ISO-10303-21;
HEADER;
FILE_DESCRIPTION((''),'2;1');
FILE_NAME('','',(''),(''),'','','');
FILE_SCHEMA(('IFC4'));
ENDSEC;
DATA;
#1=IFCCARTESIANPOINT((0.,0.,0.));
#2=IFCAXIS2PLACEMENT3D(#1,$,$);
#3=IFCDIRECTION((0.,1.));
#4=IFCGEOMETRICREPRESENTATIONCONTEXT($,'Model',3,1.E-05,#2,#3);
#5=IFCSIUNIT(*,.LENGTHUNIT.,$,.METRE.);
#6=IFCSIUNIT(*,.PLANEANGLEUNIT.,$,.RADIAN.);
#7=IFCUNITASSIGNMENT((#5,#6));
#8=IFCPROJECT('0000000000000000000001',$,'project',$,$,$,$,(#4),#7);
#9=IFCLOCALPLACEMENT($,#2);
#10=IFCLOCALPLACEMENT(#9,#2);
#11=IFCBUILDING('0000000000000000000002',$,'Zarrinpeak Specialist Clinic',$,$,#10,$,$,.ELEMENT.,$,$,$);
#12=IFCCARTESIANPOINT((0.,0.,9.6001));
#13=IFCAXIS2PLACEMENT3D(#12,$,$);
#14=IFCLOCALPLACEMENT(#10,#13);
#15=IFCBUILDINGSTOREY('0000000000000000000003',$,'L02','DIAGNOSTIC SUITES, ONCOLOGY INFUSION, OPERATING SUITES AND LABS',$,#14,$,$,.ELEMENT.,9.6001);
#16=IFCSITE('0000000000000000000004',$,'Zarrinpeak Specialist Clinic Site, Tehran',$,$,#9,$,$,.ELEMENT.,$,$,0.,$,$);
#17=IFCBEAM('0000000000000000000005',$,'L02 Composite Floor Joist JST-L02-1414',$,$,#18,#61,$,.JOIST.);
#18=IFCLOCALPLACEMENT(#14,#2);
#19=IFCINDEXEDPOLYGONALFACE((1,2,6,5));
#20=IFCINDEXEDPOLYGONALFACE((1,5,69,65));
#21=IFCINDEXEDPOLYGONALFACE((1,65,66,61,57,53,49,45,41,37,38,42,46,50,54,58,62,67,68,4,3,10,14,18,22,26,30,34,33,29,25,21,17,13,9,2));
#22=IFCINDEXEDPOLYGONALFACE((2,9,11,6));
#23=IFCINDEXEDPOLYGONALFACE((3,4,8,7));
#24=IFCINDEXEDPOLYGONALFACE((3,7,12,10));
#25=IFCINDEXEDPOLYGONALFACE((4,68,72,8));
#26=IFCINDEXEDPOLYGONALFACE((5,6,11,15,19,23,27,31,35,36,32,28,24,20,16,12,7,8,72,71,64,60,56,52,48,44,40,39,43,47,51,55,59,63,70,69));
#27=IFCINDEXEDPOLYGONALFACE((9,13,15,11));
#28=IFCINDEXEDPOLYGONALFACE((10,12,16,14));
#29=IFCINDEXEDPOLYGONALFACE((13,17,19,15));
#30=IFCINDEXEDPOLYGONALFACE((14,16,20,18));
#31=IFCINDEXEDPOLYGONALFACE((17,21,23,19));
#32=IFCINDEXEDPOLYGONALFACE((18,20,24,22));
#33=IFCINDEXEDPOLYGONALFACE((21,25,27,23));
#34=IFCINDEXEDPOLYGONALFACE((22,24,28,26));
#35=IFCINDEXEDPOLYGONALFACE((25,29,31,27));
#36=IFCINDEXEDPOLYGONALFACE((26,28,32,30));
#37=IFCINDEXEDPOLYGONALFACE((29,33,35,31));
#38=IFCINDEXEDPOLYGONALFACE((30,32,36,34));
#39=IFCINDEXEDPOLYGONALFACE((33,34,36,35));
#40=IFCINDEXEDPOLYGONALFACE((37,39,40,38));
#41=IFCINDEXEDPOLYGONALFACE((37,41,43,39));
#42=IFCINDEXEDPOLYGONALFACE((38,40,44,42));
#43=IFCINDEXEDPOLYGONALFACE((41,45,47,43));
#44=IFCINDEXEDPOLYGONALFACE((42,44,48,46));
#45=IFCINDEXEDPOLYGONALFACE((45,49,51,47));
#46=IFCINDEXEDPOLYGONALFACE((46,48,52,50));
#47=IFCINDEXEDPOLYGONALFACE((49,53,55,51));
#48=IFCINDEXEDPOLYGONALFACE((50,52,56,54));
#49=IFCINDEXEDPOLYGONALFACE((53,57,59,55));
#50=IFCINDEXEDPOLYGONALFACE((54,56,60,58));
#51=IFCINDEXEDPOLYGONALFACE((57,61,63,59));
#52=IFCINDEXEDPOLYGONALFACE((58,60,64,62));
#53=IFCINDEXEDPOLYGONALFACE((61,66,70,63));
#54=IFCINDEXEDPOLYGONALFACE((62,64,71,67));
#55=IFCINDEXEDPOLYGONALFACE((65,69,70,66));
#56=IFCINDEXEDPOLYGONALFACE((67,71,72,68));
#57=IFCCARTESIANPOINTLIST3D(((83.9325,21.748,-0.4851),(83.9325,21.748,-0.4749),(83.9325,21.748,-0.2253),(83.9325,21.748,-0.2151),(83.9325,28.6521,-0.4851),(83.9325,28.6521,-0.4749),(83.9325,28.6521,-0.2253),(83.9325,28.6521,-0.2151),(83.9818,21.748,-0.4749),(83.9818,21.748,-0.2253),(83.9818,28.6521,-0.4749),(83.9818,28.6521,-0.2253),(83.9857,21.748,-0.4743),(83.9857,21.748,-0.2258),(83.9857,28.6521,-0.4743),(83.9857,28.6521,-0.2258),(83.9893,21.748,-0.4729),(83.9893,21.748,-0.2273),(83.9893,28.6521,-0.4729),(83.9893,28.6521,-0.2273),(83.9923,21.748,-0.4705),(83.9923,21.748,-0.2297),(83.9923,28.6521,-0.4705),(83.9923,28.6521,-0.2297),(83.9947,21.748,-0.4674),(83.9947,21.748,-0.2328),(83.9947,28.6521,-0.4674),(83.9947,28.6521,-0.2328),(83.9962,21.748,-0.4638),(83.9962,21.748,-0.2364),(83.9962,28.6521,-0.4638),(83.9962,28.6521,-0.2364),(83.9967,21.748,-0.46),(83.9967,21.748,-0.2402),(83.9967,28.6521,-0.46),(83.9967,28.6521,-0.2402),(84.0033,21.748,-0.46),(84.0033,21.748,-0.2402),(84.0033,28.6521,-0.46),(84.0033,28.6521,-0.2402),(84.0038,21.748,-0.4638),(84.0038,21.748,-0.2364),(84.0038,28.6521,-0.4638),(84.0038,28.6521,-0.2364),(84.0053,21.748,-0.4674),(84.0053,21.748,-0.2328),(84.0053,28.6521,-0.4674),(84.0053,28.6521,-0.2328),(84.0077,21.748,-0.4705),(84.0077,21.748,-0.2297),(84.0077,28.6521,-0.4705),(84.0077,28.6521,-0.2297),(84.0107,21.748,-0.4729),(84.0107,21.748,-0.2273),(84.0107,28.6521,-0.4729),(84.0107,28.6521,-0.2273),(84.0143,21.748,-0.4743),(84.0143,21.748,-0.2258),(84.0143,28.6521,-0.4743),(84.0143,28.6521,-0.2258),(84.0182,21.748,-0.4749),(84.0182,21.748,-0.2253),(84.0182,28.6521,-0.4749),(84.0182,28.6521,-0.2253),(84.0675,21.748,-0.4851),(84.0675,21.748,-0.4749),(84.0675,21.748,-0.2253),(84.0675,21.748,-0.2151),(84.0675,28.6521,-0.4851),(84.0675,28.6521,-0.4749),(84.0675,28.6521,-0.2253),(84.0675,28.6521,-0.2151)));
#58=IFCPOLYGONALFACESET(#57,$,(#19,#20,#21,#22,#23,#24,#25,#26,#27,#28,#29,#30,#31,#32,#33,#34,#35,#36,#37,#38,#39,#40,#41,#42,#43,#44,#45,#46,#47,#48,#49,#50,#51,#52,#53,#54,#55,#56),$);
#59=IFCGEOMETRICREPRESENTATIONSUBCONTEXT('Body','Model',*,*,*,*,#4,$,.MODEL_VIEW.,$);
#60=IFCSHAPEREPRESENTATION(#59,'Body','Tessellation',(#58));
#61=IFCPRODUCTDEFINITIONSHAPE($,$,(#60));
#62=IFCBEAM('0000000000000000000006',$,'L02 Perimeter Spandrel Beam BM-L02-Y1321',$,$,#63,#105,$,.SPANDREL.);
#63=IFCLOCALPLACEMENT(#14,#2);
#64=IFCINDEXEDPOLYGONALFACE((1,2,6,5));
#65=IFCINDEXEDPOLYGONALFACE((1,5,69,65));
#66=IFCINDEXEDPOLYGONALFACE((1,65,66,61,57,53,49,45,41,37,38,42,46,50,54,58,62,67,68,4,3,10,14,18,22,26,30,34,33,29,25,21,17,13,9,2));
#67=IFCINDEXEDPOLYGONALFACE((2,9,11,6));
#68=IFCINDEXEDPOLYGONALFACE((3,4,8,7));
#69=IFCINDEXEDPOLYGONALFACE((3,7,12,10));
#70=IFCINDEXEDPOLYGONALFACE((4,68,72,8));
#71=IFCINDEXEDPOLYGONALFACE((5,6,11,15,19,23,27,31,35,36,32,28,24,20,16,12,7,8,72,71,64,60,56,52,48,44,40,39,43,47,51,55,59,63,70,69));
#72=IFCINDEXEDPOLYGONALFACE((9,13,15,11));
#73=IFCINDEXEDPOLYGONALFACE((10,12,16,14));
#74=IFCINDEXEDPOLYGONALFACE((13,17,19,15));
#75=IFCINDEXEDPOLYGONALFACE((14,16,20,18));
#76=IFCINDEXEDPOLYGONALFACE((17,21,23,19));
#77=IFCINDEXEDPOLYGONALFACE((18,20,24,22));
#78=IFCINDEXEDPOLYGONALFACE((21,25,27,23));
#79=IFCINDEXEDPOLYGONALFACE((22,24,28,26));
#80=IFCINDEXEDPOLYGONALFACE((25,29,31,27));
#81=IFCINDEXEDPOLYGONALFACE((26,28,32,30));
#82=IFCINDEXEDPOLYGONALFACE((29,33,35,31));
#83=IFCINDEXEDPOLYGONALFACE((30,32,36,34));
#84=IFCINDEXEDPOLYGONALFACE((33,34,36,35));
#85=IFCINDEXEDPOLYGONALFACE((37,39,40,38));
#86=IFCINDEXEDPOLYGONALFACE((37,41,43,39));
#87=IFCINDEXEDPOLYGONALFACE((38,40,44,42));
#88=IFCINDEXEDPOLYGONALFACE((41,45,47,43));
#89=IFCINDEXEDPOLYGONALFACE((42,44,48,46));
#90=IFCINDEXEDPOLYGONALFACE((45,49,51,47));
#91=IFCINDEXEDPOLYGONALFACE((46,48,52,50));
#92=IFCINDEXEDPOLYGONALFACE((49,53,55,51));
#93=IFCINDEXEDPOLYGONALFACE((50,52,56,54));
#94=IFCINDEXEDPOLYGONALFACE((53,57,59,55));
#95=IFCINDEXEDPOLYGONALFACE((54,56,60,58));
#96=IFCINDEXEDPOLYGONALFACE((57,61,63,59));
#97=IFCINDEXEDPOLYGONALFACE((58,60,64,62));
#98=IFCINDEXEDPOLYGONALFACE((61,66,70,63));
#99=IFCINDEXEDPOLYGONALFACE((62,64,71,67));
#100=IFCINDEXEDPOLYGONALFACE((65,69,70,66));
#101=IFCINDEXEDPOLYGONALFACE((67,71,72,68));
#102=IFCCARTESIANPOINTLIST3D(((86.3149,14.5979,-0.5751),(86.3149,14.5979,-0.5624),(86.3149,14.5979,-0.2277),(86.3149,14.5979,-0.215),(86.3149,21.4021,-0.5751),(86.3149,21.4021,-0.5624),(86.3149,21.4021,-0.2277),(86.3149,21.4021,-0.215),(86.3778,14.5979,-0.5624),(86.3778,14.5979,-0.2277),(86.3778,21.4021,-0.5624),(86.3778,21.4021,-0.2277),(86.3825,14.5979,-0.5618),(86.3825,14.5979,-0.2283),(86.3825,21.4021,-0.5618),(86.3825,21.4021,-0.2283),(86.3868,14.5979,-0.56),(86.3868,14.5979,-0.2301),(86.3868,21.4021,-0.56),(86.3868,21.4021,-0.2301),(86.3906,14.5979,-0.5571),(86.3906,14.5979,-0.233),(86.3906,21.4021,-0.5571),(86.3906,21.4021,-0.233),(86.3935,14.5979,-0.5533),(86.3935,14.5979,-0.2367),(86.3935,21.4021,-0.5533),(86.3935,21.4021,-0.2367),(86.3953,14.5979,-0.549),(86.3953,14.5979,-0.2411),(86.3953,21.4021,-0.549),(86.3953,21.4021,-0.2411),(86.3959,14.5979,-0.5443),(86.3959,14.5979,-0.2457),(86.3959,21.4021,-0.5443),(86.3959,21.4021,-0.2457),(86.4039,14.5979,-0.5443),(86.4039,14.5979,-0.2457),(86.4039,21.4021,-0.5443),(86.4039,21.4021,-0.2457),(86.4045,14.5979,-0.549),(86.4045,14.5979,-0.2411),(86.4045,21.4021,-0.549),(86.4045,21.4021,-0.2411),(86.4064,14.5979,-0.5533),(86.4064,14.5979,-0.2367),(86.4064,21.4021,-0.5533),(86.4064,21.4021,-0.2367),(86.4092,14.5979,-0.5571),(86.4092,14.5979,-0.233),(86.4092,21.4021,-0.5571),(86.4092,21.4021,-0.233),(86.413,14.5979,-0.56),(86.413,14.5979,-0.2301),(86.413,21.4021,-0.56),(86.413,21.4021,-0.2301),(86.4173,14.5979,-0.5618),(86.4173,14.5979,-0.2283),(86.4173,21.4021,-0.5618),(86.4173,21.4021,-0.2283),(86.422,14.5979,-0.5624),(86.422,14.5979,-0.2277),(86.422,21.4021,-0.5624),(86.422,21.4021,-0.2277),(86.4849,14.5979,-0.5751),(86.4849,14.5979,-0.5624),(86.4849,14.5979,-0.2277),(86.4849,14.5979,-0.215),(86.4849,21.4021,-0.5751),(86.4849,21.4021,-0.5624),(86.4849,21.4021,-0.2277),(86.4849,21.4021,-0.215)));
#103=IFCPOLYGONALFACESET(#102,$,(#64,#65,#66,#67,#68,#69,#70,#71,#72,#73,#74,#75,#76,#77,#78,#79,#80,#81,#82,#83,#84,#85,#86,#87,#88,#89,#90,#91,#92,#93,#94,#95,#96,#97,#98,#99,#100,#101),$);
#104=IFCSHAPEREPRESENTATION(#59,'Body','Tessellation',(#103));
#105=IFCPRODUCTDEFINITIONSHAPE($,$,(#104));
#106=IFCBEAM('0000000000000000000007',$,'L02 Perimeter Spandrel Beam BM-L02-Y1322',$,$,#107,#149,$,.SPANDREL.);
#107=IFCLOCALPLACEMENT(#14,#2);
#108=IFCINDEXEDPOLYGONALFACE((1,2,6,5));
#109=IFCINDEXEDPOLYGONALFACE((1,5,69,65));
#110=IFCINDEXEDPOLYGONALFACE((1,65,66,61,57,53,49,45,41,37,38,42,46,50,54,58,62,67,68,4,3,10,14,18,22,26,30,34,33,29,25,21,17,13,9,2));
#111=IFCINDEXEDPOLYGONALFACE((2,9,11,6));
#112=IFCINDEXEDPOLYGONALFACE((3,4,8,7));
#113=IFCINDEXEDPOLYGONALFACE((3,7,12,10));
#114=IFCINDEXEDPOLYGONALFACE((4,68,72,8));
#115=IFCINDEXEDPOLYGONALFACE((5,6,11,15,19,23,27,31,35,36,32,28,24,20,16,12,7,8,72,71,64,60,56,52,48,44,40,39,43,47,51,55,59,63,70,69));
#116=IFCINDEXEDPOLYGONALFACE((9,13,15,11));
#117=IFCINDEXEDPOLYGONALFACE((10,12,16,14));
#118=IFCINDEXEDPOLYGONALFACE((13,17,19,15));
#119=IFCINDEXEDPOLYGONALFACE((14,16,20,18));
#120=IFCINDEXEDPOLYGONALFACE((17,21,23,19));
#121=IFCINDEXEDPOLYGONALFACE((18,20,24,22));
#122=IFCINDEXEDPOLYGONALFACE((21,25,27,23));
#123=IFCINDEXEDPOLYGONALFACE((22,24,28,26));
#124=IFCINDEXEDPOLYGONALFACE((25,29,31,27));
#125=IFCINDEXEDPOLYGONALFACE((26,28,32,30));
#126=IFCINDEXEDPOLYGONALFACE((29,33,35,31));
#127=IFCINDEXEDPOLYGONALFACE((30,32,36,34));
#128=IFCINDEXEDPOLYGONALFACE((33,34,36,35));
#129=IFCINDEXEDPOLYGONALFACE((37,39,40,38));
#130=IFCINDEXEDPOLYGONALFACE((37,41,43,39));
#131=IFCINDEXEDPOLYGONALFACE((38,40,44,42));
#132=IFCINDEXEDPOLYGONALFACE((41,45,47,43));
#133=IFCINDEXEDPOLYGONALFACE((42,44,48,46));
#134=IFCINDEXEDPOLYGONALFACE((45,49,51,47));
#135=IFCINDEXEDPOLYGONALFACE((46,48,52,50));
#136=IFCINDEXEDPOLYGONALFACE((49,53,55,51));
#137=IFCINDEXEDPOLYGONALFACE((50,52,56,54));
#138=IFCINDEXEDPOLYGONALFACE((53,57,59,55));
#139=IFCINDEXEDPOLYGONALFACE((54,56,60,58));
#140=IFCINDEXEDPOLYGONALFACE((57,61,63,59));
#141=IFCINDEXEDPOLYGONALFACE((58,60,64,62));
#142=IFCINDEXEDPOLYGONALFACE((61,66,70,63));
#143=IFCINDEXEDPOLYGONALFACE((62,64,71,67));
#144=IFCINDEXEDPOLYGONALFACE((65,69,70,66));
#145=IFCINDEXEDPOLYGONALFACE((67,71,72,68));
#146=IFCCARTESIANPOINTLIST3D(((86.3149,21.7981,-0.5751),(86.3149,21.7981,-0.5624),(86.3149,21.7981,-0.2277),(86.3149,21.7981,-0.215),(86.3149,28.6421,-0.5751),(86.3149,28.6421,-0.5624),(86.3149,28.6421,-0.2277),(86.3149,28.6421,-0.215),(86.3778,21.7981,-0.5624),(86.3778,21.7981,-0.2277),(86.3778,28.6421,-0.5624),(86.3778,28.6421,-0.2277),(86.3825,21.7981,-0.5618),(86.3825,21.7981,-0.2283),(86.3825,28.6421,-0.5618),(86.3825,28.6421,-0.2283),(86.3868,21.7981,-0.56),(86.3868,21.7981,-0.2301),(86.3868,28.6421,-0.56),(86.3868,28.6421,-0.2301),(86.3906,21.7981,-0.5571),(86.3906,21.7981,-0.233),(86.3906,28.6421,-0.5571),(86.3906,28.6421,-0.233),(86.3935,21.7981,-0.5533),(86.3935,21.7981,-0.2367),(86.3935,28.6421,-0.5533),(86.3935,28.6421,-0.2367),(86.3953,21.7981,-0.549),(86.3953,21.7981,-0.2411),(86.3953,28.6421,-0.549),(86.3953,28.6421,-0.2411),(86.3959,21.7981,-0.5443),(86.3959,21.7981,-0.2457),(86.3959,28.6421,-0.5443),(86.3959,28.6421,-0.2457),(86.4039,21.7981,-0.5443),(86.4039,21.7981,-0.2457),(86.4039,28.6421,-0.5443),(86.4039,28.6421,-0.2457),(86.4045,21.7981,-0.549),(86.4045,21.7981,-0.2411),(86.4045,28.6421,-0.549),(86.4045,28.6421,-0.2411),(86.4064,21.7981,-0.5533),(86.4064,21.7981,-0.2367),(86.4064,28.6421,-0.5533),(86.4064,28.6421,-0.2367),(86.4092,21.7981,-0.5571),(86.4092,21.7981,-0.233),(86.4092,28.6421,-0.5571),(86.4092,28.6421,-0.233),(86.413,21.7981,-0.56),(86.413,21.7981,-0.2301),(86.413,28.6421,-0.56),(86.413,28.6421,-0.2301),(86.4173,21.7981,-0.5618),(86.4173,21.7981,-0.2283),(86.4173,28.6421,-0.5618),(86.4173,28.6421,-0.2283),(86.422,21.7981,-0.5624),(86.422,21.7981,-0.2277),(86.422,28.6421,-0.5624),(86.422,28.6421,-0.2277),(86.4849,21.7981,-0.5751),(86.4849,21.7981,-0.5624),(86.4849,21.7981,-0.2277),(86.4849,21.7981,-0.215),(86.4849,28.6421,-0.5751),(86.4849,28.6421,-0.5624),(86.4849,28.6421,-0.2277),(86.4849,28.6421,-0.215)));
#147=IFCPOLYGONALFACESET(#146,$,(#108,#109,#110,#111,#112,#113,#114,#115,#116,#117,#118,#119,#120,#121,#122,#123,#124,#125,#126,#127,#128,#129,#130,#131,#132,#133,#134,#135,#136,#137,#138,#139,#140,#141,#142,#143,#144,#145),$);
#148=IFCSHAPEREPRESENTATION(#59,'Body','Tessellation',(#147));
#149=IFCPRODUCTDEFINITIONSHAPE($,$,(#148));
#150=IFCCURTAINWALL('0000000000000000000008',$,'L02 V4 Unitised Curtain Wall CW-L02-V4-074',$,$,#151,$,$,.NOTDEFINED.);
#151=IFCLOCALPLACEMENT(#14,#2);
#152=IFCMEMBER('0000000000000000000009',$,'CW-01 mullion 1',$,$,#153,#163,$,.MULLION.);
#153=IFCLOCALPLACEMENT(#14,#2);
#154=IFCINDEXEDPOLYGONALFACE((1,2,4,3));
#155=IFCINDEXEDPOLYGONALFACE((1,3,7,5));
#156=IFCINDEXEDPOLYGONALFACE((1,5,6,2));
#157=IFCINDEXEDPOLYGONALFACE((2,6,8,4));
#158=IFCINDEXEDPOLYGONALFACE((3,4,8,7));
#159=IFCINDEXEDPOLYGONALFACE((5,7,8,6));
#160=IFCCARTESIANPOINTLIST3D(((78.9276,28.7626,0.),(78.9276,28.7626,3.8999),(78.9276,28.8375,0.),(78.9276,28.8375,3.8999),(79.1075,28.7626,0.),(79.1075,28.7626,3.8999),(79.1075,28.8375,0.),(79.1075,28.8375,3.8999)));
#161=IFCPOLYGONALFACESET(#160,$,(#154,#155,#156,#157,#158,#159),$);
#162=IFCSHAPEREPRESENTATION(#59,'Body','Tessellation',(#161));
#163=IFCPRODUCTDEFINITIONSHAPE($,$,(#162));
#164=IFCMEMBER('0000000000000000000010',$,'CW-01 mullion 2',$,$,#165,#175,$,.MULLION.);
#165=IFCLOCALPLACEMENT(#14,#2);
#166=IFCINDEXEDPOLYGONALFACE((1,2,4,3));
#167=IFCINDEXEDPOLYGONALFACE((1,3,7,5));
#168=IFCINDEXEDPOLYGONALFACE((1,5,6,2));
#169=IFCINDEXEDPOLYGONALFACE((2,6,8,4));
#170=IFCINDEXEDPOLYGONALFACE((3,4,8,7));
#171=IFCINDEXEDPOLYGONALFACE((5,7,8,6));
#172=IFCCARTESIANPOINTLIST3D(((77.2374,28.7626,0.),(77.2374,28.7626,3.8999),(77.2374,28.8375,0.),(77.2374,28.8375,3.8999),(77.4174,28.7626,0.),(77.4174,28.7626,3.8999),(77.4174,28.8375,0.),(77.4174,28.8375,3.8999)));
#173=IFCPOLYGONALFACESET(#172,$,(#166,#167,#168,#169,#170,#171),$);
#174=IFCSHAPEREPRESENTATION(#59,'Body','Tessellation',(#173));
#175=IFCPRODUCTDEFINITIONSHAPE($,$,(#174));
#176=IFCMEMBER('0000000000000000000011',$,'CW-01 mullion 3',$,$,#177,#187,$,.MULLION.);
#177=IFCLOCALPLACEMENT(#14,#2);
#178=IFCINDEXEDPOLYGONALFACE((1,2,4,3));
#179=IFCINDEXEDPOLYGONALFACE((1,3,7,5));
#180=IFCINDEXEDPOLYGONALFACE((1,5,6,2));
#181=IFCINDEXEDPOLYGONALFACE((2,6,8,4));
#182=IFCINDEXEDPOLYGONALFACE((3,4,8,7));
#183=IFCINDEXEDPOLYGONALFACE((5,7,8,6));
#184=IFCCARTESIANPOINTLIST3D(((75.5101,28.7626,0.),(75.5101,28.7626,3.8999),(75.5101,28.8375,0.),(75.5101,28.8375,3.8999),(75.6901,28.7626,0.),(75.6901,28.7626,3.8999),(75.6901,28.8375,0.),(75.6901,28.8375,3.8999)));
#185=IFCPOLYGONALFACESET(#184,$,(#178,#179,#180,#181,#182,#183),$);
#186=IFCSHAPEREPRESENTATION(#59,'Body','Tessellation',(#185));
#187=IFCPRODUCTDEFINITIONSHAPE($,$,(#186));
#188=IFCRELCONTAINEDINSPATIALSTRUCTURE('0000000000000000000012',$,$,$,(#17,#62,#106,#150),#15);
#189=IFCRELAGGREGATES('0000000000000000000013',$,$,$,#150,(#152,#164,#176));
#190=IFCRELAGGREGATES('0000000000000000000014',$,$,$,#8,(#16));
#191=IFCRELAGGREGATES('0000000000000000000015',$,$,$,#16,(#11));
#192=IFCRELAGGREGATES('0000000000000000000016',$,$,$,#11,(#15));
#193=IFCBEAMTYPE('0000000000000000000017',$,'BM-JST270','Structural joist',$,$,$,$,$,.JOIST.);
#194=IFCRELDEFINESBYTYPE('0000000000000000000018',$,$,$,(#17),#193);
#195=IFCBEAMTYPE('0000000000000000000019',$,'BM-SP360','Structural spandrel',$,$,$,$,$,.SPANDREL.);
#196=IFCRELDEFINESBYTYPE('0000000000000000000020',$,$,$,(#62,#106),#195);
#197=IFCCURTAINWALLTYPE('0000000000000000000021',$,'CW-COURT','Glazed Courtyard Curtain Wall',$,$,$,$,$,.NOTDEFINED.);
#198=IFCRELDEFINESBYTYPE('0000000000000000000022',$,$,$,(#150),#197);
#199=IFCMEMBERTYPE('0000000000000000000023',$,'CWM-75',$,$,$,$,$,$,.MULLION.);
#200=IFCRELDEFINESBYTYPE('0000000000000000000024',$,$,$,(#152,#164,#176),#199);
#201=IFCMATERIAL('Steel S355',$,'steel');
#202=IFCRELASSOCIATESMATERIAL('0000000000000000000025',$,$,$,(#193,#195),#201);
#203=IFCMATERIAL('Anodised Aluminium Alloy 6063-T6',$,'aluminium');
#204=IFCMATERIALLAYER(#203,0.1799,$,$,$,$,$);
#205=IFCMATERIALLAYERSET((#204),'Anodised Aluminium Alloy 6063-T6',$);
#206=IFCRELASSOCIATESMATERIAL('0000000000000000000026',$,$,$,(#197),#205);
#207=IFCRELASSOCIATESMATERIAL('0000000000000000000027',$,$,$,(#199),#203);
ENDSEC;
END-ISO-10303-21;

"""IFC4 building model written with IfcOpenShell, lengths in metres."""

from ifc_helpers import new_model, si_unit, direction, frame, origin, origin_2d, place, context, subcontext, project, spatial, rectangle, i_section, extrude, material, layer, layer_set, material_profile, profile_set, type_object, element, aggregate, save


model = new_model("IFC4")

# Units and contexts
model_context = context("Model", 3, precision=1e-05, world=origin(), true_north=direction((0.0, 1.0)))
body_context = subcontext(model_context, "Body", "Model", "MODEL_VIEW")
ifc_project = project(units=[si_unit("LENGTHUNIT", "METRE"), si_unit("PLANEANGLEUNIT", "RADIAN")], contexts=[model_context])

# Site, building, storey
site_placement = place(None, origin())
site = spatial("IfcSite", under=ifc_project, at=site_placement, Name="Zarrinpeak Specialist Clinic Site, Tehran", CompositionType="ELEMENT", RefElevation=0.0)
building_placement = place(site_placement, origin())
building = spatial("IfcBuilding", under=site, at=building_placement, Name="Zarrinpeak Specialist Clinic", CompositionType="ELEMENT")
storey_placement = place(building_placement, frame((0.0, 0.0, 9.6001)))
storey = spatial("IfcBuildingStorey", under=building, at=storey_placement, Name="L02", Description="DIAGNOSTIC SUITES, ONCOLOGY INFUSION, OPERATING SUITES AND LABS", CompositionType="ELEMENT", Elevation=9.6001)

# Shared definitions
ifc_material_1 = material(Name="Steel S355", Category="steel")

# Beams
ifc_material_profile_1 = material_profile(ifc_material_1, i_section(OverallWidth=0.135, OverallDepth=0.27, WebThickness=0.0066, FlangeThickness=0.0103, FilletRadius=0.0149, at=origin_2d()), Name="IPE 270")
ifc_profile_set_1 = profile_set([ifc_material_profile_1], Name="Steel S355")
beam_type_1 = type_object("IfcBeamType", Name="BM-JST270", Description="Structural joist", PredefinedType="JOIST", material=ifc_profile_set_1)
for number, where, z_axis, x_axis, name in (
    (1, (84.0, 21.748, -0.3501), (0.0, 1.0, 0.0), (-1.0, 0.0, 0.0), "L02 Composite Floor Joist JST-L02-1414"),
):
    element("IfcBeam", number, at=place(storey_placement, frame(where, z_axis=z_axis, x_axis=x_axis)), inside=storey, type_object=beam_type_1, Name=name, PredefinedType="JOIST", context=body_context, shape_type="SweptSolid", body=[
        extrude(i_section(OverallWidth=0.135, OverallDepth=0.27, WebThickness=0.0066, FlangeThickness=0.0103, FilletRadius=0.0149, at=origin_2d()), origin(), (0.0, 0.0, 1.0), 6.9041),
    ])
ifc_material_profile_2 = material_profile(ifc_material_1, i_section(OverallWidth=0.1699, OverallDepth=0.3601, WebThickness=0.0081, FlangeThickness=0.0127, FilletRadius=0.0181, at=origin_2d()), Name="IPE 360")
ifc_profile_set_2 = profile_set([ifc_material_profile_2], Name="Steel S355")
beam_type_2 = type_object("IfcBeamType", Name="BM-SP360", Description="Structural spandrel", PredefinedType="SPANDREL", material=ifc_profile_set_2)
beam_1_placement = place(storey_placement, frame((86.3999, 14.5979, -0.395), z_axis=(0.0, 1.0, 0.0), x_axis=(-1.0, 0.0, 0.0)))
element("IfcBeam", 2, at=beam_1_placement, inside=storey, type_object=beam_type_2, Name="L02 Perimeter Spandrel Beam BM-L02-Y1321", PredefinedType="SPANDREL", context=body_context, shape_type="SweptSolid", body=[
    extrude(i_section(OverallWidth=0.1699, OverallDepth=0.3601, WebThickness=0.0081, FlangeThickness=0.0127, FilletRadius=0.0181, at=origin_2d()), origin(), (0.0, 0.0, 1.0), 6.8042),
])
beam_2_placement = place(storey_placement, frame((86.3999, 21.7981, -0.395), z_axis=(0.0, 1.0, 0.0), x_axis=(-1.0, 0.0, 0.0)))
element("IfcBeam", 3, at=beam_2_placement, inside=storey, type_object=beam_type_2, Name="L02 Perimeter Spandrel Beam BM-L02-Y1322", PredefinedType="SPANDREL", context=body_context, shape_type="SweptSolid", body=[
    extrude(i_section(OverallWidth=0.1699, OverallDepth=0.3601, WebThickness=0.0081, FlangeThickness=0.0127, FilletRadius=0.0181, at=origin_2d()), origin(), (0.0, 0.0, 1.0), 6.844),
])

# Curtain wall, members
ifc_material_2 = material(Name="Anodised Aluminium Alloy 6063-T6", Category="aluminium")
ifc_layer_1 = layer(ifc_material_2, 0.1799)
ifc_layer_set_1 = layer_set([ifc_layer_1], Name="Anodised Aluminium Alloy 6063-T6")
curtain_wall_type = type_object("IfcCurtainWallType", Name="CW-COURT", Description="Glazed Courtyard Curtain Wall", PredefinedType="NOTDEFINED", material=ifc_layer_set_1)
curtain_wall_placement = place(storey_placement, origin())
curtain_wall = element("IfcCurtainWall", 4, at=curtain_wall_placement, inside=storey, type_object=curtain_wall_type, Name="L02 V4 Unitised Curtain Wall CW-L02-V4-074", PredefinedType="NOTDEFINED")
ifc_material_profile_3 = material_profile(ifc_material_2, rectangle(XDim=0.075, YDim=0.1799, at=origin_2d()), Name="ALU 75x180")
ifc_profile_set_3 = profile_set([ifc_material_profile_3], Name="Anodised Aluminium Alloy 6063-T6")
member_type_1 = type_object("IfcMemberType", Name="CWM-75", PredefinedType="MULLION", material=ifc_profile_set_3)
member_1_placement = place(storey_placement, frame((79.0176, 28.8, 0.0), z_axis=(0.0, 0.0, 1.0), x_axis=(0.0, -1.0, 0.0)))
member_1 = element("IfcMember", 5, at=member_1_placement, type_object=member_type_1, Name="CW-01 mullion 1", PredefinedType="MULLION", context=body_context, shape_type="SweptSolid", body=[
    extrude(rectangle(XDim=0.075, YDim=0.1799, at=origin_2d()), origin(), (0.0, 0.0, 1.0), 3.8999),
])
member_2_placement = place(storey_placement, frame((77.3274, 28.8, 0.0), z_axis=(0.0, 0.0, 1.0), x_axis=(0.0, -1.0, 0.0)))
member_2 = element("IfcMember", 6, at=member_2_placement, type_object=member_type_1, Name="CW-01 mullion 2", PredefinedType="MULLION", context=body_context, shape_type="SweptSolid", body=[
    extrude(rectangle(XDim=0.075, YDim=0.1799, at=origin_2d()), origin(), (0.0, 0.0, 1.0), 3.8999),
])
member_3_placement = place(storey_placement, frame((75.6001, 28.8, 0.0), z_axis=(0.0, 0.0, 1.0), x_axis=(0.0, -1.0, 0.0)))
member_3 = element("IfcMember", 7, at=member_3_placement, type_object=member_type_1, Name="CW-01 mullion 3", PredefinedType="MULLION", context=body_context, shape_type="SweptSolid", body=[
    extrude(rectangle(XDim=0.075, YDim=0.1799, at=origin_2d()), origin(), (0.0, 0.0, 1.0), 3.8999),
])
aggregate(curtain_wall, [member_1, member_2, member_3])

save(model, "model.ifc")
